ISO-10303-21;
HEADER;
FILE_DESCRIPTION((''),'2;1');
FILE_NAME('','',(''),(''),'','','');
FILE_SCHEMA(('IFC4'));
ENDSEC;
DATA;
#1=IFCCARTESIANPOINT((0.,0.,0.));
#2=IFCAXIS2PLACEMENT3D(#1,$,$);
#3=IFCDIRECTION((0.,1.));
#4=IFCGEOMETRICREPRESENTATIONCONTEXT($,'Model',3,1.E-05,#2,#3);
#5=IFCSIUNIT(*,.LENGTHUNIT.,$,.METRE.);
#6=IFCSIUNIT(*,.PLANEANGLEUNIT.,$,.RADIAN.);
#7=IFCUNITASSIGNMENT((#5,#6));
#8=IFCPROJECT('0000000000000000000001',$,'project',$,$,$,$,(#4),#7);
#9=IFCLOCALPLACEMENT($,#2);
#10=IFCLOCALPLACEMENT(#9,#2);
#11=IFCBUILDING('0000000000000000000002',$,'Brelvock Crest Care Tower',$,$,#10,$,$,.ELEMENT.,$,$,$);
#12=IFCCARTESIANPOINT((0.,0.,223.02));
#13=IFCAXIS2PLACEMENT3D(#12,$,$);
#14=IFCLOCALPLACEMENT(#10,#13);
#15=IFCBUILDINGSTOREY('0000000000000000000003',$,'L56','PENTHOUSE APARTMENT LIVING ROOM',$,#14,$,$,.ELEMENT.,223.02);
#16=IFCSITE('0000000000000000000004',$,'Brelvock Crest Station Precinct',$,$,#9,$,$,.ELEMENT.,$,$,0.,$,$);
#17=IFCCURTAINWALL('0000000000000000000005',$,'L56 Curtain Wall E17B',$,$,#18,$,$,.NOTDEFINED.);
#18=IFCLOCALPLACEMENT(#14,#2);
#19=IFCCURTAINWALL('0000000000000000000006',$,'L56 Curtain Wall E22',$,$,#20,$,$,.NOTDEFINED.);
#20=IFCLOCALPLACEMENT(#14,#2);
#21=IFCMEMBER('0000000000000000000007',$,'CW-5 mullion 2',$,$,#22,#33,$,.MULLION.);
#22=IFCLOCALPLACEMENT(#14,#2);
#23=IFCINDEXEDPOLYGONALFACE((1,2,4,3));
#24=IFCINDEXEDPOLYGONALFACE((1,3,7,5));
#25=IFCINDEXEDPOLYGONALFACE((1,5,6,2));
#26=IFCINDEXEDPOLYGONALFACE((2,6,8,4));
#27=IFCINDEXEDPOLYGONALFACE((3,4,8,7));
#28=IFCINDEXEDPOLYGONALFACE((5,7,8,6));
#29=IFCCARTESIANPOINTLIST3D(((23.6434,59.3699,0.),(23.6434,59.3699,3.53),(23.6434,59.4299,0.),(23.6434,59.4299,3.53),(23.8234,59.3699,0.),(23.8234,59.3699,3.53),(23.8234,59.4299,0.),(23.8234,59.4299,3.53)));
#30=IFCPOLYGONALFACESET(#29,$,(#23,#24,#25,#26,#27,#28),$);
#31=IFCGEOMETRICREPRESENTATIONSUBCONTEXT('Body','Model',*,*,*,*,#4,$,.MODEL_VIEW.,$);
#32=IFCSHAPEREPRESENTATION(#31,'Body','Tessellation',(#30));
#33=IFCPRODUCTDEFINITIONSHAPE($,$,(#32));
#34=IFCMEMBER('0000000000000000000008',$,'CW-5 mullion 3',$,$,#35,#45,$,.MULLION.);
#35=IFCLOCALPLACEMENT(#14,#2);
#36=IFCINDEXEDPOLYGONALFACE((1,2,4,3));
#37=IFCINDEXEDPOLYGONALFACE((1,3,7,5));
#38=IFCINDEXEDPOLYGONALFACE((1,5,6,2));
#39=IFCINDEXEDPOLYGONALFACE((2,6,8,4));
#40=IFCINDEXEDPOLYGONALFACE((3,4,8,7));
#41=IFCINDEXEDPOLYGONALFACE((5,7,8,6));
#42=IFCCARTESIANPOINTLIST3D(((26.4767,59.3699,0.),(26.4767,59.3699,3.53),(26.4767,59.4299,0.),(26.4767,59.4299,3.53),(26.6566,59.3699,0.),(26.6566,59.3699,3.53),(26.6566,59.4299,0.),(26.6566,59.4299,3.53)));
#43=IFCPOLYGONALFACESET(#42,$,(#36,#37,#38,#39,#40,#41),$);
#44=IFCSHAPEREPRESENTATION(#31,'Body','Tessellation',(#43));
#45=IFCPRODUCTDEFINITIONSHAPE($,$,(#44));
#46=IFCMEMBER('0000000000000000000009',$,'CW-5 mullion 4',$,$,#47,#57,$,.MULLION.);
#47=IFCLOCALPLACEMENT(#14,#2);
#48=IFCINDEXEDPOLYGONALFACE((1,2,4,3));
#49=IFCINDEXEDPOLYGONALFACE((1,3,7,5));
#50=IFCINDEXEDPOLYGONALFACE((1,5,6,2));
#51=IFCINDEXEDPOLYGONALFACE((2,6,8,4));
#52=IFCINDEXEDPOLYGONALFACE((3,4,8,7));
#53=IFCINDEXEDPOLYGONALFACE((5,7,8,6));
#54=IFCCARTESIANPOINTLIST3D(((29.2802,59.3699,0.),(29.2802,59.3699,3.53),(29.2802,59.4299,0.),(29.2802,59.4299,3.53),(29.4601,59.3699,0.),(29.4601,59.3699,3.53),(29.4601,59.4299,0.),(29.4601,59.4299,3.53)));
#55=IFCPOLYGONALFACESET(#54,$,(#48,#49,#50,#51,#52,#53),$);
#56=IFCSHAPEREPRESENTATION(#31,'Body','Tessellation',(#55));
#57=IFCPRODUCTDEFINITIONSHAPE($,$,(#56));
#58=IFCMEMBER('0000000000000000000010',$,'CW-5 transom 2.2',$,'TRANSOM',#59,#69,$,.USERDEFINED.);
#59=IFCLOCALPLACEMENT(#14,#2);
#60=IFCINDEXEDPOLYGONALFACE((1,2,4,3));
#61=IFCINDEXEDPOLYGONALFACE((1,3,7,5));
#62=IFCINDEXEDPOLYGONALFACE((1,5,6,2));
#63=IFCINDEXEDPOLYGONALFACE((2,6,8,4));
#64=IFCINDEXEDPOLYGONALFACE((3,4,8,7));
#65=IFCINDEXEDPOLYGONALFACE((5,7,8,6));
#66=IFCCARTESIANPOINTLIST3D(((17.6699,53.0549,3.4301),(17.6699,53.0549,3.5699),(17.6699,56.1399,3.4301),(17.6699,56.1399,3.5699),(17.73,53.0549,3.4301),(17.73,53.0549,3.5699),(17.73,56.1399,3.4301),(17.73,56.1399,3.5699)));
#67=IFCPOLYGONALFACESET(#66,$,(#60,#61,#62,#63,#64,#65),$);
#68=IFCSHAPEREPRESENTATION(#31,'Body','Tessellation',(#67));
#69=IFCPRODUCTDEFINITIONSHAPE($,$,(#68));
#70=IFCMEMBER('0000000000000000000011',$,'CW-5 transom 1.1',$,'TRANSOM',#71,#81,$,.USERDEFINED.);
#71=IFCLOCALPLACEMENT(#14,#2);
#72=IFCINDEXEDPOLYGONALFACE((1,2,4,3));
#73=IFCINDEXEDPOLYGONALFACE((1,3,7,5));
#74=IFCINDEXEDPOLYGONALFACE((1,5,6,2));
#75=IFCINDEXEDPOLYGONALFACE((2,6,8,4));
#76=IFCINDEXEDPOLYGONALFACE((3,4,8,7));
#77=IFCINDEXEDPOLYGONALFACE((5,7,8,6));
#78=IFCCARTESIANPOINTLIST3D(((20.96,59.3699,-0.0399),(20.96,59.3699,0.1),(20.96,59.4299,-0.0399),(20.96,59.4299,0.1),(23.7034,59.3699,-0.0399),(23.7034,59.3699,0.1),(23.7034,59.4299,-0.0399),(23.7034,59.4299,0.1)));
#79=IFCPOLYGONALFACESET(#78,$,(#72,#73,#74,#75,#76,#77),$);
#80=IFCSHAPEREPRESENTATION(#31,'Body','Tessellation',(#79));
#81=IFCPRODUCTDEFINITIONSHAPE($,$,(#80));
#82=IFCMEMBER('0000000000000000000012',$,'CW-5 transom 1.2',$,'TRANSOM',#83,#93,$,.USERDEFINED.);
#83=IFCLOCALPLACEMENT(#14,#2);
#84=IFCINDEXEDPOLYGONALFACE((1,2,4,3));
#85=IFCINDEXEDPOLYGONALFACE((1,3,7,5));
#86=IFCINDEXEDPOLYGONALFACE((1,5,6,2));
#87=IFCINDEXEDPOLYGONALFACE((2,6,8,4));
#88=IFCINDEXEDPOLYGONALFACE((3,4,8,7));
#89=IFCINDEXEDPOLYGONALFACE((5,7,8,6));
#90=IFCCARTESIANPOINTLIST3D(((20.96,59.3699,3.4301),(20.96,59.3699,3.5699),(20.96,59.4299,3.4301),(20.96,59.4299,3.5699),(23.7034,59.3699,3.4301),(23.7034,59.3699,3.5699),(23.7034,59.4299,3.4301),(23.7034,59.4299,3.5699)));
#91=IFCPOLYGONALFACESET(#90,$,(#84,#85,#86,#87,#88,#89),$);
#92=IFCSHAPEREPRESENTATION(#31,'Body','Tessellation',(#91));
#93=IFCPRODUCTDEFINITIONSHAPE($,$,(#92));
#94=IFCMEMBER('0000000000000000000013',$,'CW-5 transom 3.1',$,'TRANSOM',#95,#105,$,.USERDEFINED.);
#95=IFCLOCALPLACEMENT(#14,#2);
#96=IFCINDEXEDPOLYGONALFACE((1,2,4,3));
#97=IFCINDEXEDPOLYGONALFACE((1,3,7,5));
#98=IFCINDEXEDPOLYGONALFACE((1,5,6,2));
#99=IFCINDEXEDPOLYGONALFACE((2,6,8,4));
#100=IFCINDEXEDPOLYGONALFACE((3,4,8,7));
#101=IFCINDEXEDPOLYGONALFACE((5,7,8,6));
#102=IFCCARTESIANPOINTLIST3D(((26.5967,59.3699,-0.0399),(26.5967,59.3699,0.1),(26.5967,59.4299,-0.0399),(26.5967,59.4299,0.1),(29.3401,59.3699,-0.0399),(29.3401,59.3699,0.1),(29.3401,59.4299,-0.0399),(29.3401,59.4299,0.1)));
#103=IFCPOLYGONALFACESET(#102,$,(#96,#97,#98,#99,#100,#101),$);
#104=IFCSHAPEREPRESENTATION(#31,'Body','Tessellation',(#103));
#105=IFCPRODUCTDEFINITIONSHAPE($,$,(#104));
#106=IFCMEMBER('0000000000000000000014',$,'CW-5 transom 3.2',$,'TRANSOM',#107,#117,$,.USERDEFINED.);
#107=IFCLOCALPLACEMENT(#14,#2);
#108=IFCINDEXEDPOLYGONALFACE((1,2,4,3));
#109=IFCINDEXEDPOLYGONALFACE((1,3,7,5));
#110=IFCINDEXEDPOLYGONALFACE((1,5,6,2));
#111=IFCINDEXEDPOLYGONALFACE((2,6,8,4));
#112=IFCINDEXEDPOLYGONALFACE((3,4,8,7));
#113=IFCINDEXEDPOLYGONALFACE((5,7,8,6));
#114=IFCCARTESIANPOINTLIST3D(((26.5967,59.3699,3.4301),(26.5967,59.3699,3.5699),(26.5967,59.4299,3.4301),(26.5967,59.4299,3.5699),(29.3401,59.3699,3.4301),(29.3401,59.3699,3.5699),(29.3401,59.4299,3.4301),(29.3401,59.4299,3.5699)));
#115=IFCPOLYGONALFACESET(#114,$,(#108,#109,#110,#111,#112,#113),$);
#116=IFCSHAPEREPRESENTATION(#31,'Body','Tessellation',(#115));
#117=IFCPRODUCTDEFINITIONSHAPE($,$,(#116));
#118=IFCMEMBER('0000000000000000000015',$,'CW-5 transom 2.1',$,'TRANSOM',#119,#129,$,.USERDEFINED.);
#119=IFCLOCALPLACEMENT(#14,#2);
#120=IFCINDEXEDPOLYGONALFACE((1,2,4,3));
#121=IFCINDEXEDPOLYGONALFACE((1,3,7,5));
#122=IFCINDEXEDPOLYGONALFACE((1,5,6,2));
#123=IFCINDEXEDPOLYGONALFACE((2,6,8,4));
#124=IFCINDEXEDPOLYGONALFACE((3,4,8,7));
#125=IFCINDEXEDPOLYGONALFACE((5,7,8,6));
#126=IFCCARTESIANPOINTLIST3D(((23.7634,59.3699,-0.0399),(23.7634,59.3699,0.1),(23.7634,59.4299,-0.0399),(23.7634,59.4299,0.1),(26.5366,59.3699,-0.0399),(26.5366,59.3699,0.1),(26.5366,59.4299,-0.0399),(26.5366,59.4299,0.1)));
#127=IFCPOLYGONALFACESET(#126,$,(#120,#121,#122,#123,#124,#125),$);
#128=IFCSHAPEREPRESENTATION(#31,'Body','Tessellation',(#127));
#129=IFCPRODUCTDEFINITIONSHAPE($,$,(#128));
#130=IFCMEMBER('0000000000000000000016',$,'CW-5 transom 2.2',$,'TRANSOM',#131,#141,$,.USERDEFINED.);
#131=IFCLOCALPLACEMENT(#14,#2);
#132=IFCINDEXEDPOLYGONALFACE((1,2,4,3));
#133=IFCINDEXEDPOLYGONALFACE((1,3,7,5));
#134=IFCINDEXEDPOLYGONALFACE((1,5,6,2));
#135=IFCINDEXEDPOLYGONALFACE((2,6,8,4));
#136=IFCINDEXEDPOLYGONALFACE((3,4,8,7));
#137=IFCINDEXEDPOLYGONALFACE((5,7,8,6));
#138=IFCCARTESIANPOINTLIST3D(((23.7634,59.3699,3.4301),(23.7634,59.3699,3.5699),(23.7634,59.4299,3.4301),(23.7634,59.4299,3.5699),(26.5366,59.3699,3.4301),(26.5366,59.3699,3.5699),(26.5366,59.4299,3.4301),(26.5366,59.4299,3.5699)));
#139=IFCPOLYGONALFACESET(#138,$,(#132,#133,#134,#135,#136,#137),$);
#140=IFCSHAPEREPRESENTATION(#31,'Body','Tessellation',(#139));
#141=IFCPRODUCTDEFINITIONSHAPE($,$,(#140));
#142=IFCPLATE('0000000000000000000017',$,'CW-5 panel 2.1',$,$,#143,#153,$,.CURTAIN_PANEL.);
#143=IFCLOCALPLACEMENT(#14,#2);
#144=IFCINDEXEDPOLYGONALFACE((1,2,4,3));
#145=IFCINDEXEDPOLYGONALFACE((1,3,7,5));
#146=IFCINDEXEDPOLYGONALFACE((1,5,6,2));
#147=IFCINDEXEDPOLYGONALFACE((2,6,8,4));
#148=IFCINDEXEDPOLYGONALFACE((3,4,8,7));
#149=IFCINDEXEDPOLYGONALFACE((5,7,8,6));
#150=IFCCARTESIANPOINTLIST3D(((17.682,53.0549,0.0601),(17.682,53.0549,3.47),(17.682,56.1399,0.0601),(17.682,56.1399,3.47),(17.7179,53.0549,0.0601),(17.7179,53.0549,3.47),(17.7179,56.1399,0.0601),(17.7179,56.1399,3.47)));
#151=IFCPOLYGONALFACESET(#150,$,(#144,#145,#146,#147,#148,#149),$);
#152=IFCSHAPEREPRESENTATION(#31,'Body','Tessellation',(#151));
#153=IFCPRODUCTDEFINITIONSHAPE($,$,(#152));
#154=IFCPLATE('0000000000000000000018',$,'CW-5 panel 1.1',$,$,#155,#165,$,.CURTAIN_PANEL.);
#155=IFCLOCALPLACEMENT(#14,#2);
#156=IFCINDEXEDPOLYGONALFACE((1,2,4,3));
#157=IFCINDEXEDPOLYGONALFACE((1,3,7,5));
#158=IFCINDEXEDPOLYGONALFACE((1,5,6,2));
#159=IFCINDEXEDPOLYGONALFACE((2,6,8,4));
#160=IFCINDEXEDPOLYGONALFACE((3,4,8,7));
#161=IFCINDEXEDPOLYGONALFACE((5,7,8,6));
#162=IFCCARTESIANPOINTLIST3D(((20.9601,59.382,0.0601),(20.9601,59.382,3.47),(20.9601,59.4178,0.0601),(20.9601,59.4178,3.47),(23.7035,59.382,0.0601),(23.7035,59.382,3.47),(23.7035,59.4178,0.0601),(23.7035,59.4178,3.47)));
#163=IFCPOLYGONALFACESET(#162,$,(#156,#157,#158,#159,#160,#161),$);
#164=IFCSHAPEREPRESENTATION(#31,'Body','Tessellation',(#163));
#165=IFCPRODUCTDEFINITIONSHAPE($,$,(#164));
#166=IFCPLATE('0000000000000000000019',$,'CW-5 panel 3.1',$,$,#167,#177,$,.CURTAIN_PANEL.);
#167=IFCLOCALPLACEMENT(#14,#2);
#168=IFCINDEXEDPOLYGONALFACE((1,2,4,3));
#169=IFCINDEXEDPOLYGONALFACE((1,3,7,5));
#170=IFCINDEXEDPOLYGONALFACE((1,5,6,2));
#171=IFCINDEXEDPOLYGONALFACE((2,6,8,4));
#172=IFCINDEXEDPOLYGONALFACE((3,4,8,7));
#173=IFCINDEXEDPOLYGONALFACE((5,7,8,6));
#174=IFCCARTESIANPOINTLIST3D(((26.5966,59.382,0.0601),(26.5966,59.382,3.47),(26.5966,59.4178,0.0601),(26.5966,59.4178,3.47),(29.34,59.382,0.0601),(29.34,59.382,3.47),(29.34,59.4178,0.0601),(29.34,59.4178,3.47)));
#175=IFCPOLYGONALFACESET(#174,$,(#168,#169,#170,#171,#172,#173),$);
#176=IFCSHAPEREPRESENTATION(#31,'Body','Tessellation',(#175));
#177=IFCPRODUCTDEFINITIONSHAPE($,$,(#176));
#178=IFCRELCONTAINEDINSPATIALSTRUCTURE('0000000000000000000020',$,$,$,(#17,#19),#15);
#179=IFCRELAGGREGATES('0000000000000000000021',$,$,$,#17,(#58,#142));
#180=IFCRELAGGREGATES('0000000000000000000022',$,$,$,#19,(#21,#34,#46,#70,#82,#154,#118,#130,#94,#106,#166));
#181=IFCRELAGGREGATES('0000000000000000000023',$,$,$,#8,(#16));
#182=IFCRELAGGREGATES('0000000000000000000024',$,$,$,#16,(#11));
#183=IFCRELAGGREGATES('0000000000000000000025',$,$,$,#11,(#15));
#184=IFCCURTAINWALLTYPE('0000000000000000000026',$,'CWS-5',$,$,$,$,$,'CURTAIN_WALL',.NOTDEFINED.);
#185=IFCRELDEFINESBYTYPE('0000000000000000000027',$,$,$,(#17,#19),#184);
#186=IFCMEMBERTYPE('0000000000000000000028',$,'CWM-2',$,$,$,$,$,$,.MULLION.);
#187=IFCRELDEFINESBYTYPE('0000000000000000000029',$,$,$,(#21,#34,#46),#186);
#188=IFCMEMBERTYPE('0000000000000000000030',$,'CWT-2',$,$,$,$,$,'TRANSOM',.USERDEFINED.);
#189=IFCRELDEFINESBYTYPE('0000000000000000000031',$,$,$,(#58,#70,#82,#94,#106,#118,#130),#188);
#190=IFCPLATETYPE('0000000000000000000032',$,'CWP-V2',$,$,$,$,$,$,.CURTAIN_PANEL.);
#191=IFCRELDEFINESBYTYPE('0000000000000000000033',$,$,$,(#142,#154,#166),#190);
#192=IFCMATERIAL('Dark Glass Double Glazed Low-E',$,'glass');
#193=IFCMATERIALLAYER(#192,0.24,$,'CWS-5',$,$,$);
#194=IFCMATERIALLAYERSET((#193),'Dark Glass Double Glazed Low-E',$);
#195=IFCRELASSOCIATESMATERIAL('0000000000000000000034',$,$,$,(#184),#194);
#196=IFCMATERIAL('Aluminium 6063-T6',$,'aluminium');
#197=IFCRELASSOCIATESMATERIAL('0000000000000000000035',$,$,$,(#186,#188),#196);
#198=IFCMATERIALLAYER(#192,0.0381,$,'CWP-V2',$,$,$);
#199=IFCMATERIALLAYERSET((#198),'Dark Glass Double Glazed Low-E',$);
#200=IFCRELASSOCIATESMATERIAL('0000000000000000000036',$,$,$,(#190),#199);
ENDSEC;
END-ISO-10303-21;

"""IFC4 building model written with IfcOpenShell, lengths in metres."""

from ifc_helpers import new_model, si_unit, direction, frame, origin, origin_2d, place, context, subcontext, project, spatial, rectangle, extrude, source, transform, mapped, material, layer, layer_set, material_profile, profile_set, type_object, element, aggregate, save


model = new_model("IFC4")

# Units and contexts
model_context = context("Model", 3, precision=1e-05, world=origin(), true_north=direction((0.0, 1.0)))
body_context = subcontext(model_context, "Body", "Model", "MODEL_VIEW")
ifc_project = project(units=[si_unit("LENGTHUNIT", "METRE"), si_unit("PLANEANGLEUNIT", "RADIAN")], contexts=[model_context])

# Site, building, storey
site_placement = place(None, origin())
site = spatial("IfcSite", under=ifc_project, at=site_placement, Name="Brelvock Crest Station Precinct", CompositionType="ELEMENT", RefElevation=0.0)
building_placement = place(site_placement, origin())
building = spatial("IfcBuilding", under=site, at=building_placement, Name="Brelvock Crest Care Tower", CompositionType="ELEMENT")
storey_placement = place(building_placement, frame((0.0, 0.0, 223.02)))
storey = spatial("IfcBuildingStorey", under=building, at=storey_placement, Name="L56", Description="PENTHOUSE APARTMENT LIVING ROOM", CompositionType="ELEMENT", Elevation=223.02)

# Curtain wall
ifc_material_1 = material(Name="Dark Glass Double Glazed Low-E", Category="glass")
ifc_layer_1 = layer(ifc_material_1, 0.24, Name="CWS-5")
ifc_layer_set_1 = layer_set([ifc_layer_1], Name="Dark Glass Double Glazed Low-E")
curtain_wall_type = type_object("IfcCurtainWallType", Name="CWS-5", ElementType="CURTAIN_WALL", PredefinedType="NOTDEFINED", material=ifc_layer_set_1)
curtain_wall_1_placement = place(storey_placement, origin())
curtain_wall_1 = element("IfcCurtainWall", 1, at=curtain_wall_1_placement, inside=storey, type_object=curtain_wall_type, Name="L56 Curtain Wall E17B", PredefinedType="NOTDEFINED")
ifc_material_2 = material(Name="Aluminium 6063-T6", Category="aluminium")
ifc_material_profile_1 = material_profile(ifc_material_2, rectangle(XDim=0.0601, YDim=0.1799, at=origin_2d()), Name="ALU60x180")
ifc_profile_set_1 = profile_set([ifc_material_profile_1], Name="Aluminium 6063-T6")
member_type_1 = type_object("IfcMemberType", Name="CWM-2", PredefinedType="MULLION", material=ifc_profile_set_1)
shared_shape_1 = source(origin(), body_context, "Body", "SweptSolid", [
    extrude(rectangle(XDim=0.0601, YDim=0.1799, at=origin_2d()), origin(), (0.0, 0.0, 1.0), 3.53),
])

# Curtain wall, members
curtain_wall_2_placement = place(storey_placement, origin())
curtain_wall_2 = element("IfcCurtainWall", 2, at=curtain_wall_2_placement, inside=storey, type_object=curtain_wall_type, Name="L56 Curtain Wall E22", PredefinedType="NOTDEFINED")
member_1_placement = place(storey_placement, frame((23.7334, 59.3999, 0.0), z_axis=(0.0, 0.0, 1.0), x_axis=(0.0, 1.0, 0.0)))
member_1 = element("IfcMember", 3, at=member_1_placement, type_object=member_type_1, Name="CW-5 mullion 2", PredefinedType="MULLION", context=body_context, shape_type="MappedRepresentation", body=[
    mapped(shared_shape_1, transform((0.0, 0.0, 0.0), x_axis=(1.0, 0.0, 0.0), y_axis=(0.0, 1.0, 0.0), z_axis=(0.0, 0.0, 1.0), scale=1.0)),
])
member_2_placement = place(storey_placement, frame((26.5667, 59.3999, 0.0), z_axis=(0.0, 0.0, 1.0), x_axis=(0.0, 1.0, 0.0)))
member_2 = element("IfcMember", 4, at=member_2_placement, type_object=member_type_1, Name="CW-5 mullion 3", PredefinedType="MULLION", context=body_context, shape_type="MappedRepresentation", body=[
    mapped(shared_shape_1, transform((0.0, 0.0, 0.0), x_axis=(1.0, 0.0, 0.0), y_axis=(0.0, 1.0, 0.0), z_axis=(0.0, 0.0, 1.0), scale=1.0)),
])
member_3_placement = place(storey_placement, frame((29.3701, 59.3999, 0.0), z_axis=(0.0, 0.0, 1.0), x_axis=(0.0, 1.0, 0.0)))
member_3 = element("IfcMember", 5, at=member_3_placement, type_object=member_type_1, Name="CW-5 mullion 4", PredefinedType="MULLION", context=body_context, shape_type="MappedRepresentation", body=[
    mapped(shared_shape_1, transform((0.0, 0.0, 0.0), x_axis=(1.0, 0.0, 0.0), y_axis=(0.0, 1.0, 0.0), z_axis=(0.0, 0.0, 1.0), scale=1.0)),
])

# Members
ifc_material_profile_2 = material_profile(ifc_material_2, rectangle(XDim=0.0601, YDim=0.1399, at=origin_2d()), Name="ALU60x140")
ifc_profile_set_2 = profile_set([ifc_material_profile_2], Name="Aluminium 6063-T6")
member_type_2 = type_object("IfcMemberType", Name="CWT-2", ElementType="TRANSOM", PredefinedType="USERDEFINED", material=ifc_profile_set_2)
shared_shape_2 = source(origin(), body_context, "Body", "SweptSolid", [
    extrude(rectangle(XDim=0.0601, YDim=0.1399, at=origin_2d()), origin(), (0.0, 0.0, 1.0), 3.085),
])
member_4_placement = place(storey_placement, frame((17.7, 53.0549, 3.5), z_axis=(0.0, 1.0, 0.0), x_axis=(-1.0, 0.0, 0.0)))
member_4 = element("IfcMember", 6, at=member_4_placement, type_object=member_type_2, Name="CW-5 transom 2.2", ObjectType="TRANSOM", PredefinedType="USERDEFINED", context=body_context, shape_type="MappedRepresentation", body=[
    mapped(shared_shape_2, transform((0.0, 0.0, 0.0), x_axis=(1.0, 0.0, 0.0), y_axis=(0.0, 1.0, 0.0), z_axis=(0.0, 0.0, 1.0), scale=1.0)),
])
shared_shape_3 = source(origin(), body_context, "Body", "SweptSolid", [
    extrude(rectangle(XDim=0.0601, YDim=0.1399, at=origin_2d()), origin(), (0.0, 0.0, 1.0), 2.7434),
])
member_5_placement = place(storey_placement, frame((20.96, 59.3999, 0.03), z_axis=(1.0, 0.0, 0.0), x_axis=(0.0, 1.0, 0.0)))
member_5 = element("IfcMember", 7, at=member_5_placement, type_object=member_type_2, Name="CW-5 transom 1.1", ObjectType="TRANSOM", PredefinedType="USERDEFINED", context=body_context, shape_type="MappedRepresentation", body=[
    mapped(shared_shape_3, transform((0.0, 0.0, 0.0), x_axis=(1.0, 0.0, 0.0), y_axis=(0.0, 1.0, 0.0), z_axis=(0.0, 0.0, 1.0), scale=1.0)),
])
member_6_placement = place(storey_placement, frame((20.96, 59.3999, 3.5), z_axis=(1.0, 0.0, 0.0), x_axis=(0.0, 1.0, 0.0)))
member_6 = element("IfcMember", 8, at=member_6_placement, type_object=member_type_2, Name="CW-5 transom 1.2", ObjectType="TRANSOM", PredefinedType="USERDEFINED", context=body_context, shape_type="MappedRepresentation", body=[
    mapped(shared_shape_3, transform((0.0, 0.0, 0.0), x_axis=(1.0, 0.0, 0.0), y_axis=(0.0, 1.0, 0.0), z_axis=(0.0, 0.0, 1.0), scale=1.0)),
])
member_7_placement = place(storey_placement, frame((26.5967, 59.3999, 0.03), z_axis=(1.0, 0.0, 0.0), x_axis=(0.0, 1.0, 0.0)))
member_7 = element("IfcMember", 9, at=member_7_placement, type_object=member_type_2, Name="CW-5 transom 3.1", ObjectType="TRANSOM", PredefinedType="USERDEFINED", context=body_context, shape_type="MappedRepresentation", body=[
    mapped(shared_shape_3, transform((0.0, 0.0, 0.0), x_axis=(1.0, 0.0, 0.0), y_axis=(0.0, 1.0, 0.0), z_axis=(0.0, 0.0, 1.0), scale=1.0)),
])
member_8_placement = place(storey_placement, frame((26.5967, 59.3999, 3.5), z_axis=(1.0, 0.0, 0.0), x_axis=(0.0, 1.0, 0.0)))
member_8 = element("IfcMember", 10, at=member_8_placement, type_object=member_type_2, Name="CW-5 transom 3.2", ObjectType="TRANSOM", PredefinedType="USERDEFINED", context=body_context, shape_type="MappedRepresentation", body=[
    mapped(shared_shape_3, transform((0.0, 0.0, 0.0), x_axis=(1.0, 0.0, 0.0), y_axis=(0.0, 1.0, 0.0), z_axis=(0.0, 0.0, 1.0), scale=1.0)),
])
shared_shape_4 = source(origin(), body_context, "Body", "SweptSolid", [
    extrude(rectangle(XDim=0.0601, YDim=0.1399, at=origin_2d()), origin(), (0.0, 0.0, 1.0), 2.7732),
])
member_9_placement = place(storey_placement, frame((23.7634, 59.3999, 0.03), z_axis=(1.0, 0.0, 0.0), x_axis=(0.0, 1.0, 0.0)))
member_9 = element("IfcMember", 11, at=member_9_placement, type_object=member_type_2, Name="CW-5 transom 2.1", ObjectType="TRANSOM", PredefinedType="USERDEFINED", context=body_context, shape_type="MappedRepresentation", body=[
    mapped(shared_shape_4, transform((0.0, 0.0, 0.0), x_axis=(1.0, 0.0, 0.0), y_axis=(0.0, 1.0, 0.0), z_axis=(0.0, 0.0, 1.0), scale=1.0)),
])
member_10_placement = place(storey_placement, frame((23.7634, 59.3999, 3.5), z_axis=(1.0, 0.0, 0.0), x_axis=(0.0, 1.0, 0.0)))
member_10 = element("IfcMember", 12, at=member_10_placement, type_object=member_type_2, Name="CW-5 transom 2.2", ObjectType="TRANSOM", PredefinedType="USERDEFINED", context=body_context, shape_type="MappedRepresentation", body=[
    mapped(shared_shape_4, transform((0.0, 0.0, 0.0), x_axis=(1.0, 0.0, 0.0), y_axis=(0.0, 1.0, 0.0), z_axis=(0.0, 0.0, 1.0), scale=1.0)),
])

# Plates
ifc_layer_2 = layer(ifc_material_1, 0.0381, Name="CWP-V2")
ifc_layer_set_2 = layer_set([ifc_layer_2], Name="Dark Glass Double Glazed Low-E")
plate_type = type_object("IfcPlateType", Name="CWP-V2", PredefinedType="CURTAIN_PANEL", material=ifc_layer_set_2)
shared_shape_5 = source(origin(), body_context, "Body", "SweptSolid", [
    extrude(rectangle(XDim=3.085, YDim=0.0359, at=origin_2d()), origin(), (0.0, 0.0, 1.0), 3.4099),
])
plate_1_placement = place(storey_placement, frame((17.7, 54.5974, 0.0601), z_axis=(0.0, 0.0, 1.0), x_axis=(0.0, 1.0, 0.0)))
plate_1 = element("IfcPlate", 13, at=plate_1_placement, type_object=plate_type, Name="CW-5 panel 2.1", PredefinedType="CURTAIN_PANEL", context=body_context, shape_type="MappedRepresentation", body=[
    mapped(shared_shape_5, transform((0.0, 0.0, 0.0), x_axis=(1.0, 0.0, 0.0), y_axis=(0.0, 1.0, 0.0), z_axis=(0.0, 0.0, 1.0), scale=1.0)),
])
aggregate(curtain_wall_1, [member_4, plate_1])
shared_shape_6 = source(origin(), body_context, "Body", "SweptSolid", [
    extrude(rectangle(XDim=2.7434, YDim=0.0359, at=origin_2d()), origin(), (0.0, 0.0, 1.0), 3.4099),
])
plate_2_placement = place(storey_placement, frame((22.3318, 59.3999, 0.0601), z_axis=(0.0, 0.0, 1.0), x_axis=(1.0, 0.0, 0.0)))
plate_2 = element("IfcPlate", 14, at=plate_2_placement, type_object=plate_type, Name="CW-5 panel 1.1", PredefinedType="CURTAIN_PANEL", context=body_context, shape_type="MappedRepresentation", body=[
    mapped(shared_shape_6, transform((0.0, 0.0, 0.0), x_axis=(1.0, 0.0, 0.0), y_axis=(0.0, 1.0, 0.0), z_axis=(0.0, 0.0, 1.0), scale=1.0)),
])
plate_3_placement = place(storey_placement, frame((27.9683, 59.3999, 0.0601), z_axis=(0.0, 0.0, 1.0), x_axis=(1.0, 0.0, 0.0)))
plate_3 = element("IfcPlate", 15, at=plate_3_placement, type_object=plate_type, Name="CW-5 panel 3.1", PredefinedType="CURTAIN_PANEL", context=body_context, shape_type="MappedRepresentation", body=[
    mapped(shared_shape_6, transform((0.0, 0.0, 0.0), x_axis=(1.0, 0.0, 0.0), y_axis=(0.0, 1.0, 0.0), z_axis=(0.0, 0.0, 1.0), scale=1.0)),
])
aggregate(curtain_wall_2, [member_1, member_2, member_3, member_5, member_6, plate_2, member_9, member_10, member_7, member_8, plate_3])

save(model, "model.ifc")
